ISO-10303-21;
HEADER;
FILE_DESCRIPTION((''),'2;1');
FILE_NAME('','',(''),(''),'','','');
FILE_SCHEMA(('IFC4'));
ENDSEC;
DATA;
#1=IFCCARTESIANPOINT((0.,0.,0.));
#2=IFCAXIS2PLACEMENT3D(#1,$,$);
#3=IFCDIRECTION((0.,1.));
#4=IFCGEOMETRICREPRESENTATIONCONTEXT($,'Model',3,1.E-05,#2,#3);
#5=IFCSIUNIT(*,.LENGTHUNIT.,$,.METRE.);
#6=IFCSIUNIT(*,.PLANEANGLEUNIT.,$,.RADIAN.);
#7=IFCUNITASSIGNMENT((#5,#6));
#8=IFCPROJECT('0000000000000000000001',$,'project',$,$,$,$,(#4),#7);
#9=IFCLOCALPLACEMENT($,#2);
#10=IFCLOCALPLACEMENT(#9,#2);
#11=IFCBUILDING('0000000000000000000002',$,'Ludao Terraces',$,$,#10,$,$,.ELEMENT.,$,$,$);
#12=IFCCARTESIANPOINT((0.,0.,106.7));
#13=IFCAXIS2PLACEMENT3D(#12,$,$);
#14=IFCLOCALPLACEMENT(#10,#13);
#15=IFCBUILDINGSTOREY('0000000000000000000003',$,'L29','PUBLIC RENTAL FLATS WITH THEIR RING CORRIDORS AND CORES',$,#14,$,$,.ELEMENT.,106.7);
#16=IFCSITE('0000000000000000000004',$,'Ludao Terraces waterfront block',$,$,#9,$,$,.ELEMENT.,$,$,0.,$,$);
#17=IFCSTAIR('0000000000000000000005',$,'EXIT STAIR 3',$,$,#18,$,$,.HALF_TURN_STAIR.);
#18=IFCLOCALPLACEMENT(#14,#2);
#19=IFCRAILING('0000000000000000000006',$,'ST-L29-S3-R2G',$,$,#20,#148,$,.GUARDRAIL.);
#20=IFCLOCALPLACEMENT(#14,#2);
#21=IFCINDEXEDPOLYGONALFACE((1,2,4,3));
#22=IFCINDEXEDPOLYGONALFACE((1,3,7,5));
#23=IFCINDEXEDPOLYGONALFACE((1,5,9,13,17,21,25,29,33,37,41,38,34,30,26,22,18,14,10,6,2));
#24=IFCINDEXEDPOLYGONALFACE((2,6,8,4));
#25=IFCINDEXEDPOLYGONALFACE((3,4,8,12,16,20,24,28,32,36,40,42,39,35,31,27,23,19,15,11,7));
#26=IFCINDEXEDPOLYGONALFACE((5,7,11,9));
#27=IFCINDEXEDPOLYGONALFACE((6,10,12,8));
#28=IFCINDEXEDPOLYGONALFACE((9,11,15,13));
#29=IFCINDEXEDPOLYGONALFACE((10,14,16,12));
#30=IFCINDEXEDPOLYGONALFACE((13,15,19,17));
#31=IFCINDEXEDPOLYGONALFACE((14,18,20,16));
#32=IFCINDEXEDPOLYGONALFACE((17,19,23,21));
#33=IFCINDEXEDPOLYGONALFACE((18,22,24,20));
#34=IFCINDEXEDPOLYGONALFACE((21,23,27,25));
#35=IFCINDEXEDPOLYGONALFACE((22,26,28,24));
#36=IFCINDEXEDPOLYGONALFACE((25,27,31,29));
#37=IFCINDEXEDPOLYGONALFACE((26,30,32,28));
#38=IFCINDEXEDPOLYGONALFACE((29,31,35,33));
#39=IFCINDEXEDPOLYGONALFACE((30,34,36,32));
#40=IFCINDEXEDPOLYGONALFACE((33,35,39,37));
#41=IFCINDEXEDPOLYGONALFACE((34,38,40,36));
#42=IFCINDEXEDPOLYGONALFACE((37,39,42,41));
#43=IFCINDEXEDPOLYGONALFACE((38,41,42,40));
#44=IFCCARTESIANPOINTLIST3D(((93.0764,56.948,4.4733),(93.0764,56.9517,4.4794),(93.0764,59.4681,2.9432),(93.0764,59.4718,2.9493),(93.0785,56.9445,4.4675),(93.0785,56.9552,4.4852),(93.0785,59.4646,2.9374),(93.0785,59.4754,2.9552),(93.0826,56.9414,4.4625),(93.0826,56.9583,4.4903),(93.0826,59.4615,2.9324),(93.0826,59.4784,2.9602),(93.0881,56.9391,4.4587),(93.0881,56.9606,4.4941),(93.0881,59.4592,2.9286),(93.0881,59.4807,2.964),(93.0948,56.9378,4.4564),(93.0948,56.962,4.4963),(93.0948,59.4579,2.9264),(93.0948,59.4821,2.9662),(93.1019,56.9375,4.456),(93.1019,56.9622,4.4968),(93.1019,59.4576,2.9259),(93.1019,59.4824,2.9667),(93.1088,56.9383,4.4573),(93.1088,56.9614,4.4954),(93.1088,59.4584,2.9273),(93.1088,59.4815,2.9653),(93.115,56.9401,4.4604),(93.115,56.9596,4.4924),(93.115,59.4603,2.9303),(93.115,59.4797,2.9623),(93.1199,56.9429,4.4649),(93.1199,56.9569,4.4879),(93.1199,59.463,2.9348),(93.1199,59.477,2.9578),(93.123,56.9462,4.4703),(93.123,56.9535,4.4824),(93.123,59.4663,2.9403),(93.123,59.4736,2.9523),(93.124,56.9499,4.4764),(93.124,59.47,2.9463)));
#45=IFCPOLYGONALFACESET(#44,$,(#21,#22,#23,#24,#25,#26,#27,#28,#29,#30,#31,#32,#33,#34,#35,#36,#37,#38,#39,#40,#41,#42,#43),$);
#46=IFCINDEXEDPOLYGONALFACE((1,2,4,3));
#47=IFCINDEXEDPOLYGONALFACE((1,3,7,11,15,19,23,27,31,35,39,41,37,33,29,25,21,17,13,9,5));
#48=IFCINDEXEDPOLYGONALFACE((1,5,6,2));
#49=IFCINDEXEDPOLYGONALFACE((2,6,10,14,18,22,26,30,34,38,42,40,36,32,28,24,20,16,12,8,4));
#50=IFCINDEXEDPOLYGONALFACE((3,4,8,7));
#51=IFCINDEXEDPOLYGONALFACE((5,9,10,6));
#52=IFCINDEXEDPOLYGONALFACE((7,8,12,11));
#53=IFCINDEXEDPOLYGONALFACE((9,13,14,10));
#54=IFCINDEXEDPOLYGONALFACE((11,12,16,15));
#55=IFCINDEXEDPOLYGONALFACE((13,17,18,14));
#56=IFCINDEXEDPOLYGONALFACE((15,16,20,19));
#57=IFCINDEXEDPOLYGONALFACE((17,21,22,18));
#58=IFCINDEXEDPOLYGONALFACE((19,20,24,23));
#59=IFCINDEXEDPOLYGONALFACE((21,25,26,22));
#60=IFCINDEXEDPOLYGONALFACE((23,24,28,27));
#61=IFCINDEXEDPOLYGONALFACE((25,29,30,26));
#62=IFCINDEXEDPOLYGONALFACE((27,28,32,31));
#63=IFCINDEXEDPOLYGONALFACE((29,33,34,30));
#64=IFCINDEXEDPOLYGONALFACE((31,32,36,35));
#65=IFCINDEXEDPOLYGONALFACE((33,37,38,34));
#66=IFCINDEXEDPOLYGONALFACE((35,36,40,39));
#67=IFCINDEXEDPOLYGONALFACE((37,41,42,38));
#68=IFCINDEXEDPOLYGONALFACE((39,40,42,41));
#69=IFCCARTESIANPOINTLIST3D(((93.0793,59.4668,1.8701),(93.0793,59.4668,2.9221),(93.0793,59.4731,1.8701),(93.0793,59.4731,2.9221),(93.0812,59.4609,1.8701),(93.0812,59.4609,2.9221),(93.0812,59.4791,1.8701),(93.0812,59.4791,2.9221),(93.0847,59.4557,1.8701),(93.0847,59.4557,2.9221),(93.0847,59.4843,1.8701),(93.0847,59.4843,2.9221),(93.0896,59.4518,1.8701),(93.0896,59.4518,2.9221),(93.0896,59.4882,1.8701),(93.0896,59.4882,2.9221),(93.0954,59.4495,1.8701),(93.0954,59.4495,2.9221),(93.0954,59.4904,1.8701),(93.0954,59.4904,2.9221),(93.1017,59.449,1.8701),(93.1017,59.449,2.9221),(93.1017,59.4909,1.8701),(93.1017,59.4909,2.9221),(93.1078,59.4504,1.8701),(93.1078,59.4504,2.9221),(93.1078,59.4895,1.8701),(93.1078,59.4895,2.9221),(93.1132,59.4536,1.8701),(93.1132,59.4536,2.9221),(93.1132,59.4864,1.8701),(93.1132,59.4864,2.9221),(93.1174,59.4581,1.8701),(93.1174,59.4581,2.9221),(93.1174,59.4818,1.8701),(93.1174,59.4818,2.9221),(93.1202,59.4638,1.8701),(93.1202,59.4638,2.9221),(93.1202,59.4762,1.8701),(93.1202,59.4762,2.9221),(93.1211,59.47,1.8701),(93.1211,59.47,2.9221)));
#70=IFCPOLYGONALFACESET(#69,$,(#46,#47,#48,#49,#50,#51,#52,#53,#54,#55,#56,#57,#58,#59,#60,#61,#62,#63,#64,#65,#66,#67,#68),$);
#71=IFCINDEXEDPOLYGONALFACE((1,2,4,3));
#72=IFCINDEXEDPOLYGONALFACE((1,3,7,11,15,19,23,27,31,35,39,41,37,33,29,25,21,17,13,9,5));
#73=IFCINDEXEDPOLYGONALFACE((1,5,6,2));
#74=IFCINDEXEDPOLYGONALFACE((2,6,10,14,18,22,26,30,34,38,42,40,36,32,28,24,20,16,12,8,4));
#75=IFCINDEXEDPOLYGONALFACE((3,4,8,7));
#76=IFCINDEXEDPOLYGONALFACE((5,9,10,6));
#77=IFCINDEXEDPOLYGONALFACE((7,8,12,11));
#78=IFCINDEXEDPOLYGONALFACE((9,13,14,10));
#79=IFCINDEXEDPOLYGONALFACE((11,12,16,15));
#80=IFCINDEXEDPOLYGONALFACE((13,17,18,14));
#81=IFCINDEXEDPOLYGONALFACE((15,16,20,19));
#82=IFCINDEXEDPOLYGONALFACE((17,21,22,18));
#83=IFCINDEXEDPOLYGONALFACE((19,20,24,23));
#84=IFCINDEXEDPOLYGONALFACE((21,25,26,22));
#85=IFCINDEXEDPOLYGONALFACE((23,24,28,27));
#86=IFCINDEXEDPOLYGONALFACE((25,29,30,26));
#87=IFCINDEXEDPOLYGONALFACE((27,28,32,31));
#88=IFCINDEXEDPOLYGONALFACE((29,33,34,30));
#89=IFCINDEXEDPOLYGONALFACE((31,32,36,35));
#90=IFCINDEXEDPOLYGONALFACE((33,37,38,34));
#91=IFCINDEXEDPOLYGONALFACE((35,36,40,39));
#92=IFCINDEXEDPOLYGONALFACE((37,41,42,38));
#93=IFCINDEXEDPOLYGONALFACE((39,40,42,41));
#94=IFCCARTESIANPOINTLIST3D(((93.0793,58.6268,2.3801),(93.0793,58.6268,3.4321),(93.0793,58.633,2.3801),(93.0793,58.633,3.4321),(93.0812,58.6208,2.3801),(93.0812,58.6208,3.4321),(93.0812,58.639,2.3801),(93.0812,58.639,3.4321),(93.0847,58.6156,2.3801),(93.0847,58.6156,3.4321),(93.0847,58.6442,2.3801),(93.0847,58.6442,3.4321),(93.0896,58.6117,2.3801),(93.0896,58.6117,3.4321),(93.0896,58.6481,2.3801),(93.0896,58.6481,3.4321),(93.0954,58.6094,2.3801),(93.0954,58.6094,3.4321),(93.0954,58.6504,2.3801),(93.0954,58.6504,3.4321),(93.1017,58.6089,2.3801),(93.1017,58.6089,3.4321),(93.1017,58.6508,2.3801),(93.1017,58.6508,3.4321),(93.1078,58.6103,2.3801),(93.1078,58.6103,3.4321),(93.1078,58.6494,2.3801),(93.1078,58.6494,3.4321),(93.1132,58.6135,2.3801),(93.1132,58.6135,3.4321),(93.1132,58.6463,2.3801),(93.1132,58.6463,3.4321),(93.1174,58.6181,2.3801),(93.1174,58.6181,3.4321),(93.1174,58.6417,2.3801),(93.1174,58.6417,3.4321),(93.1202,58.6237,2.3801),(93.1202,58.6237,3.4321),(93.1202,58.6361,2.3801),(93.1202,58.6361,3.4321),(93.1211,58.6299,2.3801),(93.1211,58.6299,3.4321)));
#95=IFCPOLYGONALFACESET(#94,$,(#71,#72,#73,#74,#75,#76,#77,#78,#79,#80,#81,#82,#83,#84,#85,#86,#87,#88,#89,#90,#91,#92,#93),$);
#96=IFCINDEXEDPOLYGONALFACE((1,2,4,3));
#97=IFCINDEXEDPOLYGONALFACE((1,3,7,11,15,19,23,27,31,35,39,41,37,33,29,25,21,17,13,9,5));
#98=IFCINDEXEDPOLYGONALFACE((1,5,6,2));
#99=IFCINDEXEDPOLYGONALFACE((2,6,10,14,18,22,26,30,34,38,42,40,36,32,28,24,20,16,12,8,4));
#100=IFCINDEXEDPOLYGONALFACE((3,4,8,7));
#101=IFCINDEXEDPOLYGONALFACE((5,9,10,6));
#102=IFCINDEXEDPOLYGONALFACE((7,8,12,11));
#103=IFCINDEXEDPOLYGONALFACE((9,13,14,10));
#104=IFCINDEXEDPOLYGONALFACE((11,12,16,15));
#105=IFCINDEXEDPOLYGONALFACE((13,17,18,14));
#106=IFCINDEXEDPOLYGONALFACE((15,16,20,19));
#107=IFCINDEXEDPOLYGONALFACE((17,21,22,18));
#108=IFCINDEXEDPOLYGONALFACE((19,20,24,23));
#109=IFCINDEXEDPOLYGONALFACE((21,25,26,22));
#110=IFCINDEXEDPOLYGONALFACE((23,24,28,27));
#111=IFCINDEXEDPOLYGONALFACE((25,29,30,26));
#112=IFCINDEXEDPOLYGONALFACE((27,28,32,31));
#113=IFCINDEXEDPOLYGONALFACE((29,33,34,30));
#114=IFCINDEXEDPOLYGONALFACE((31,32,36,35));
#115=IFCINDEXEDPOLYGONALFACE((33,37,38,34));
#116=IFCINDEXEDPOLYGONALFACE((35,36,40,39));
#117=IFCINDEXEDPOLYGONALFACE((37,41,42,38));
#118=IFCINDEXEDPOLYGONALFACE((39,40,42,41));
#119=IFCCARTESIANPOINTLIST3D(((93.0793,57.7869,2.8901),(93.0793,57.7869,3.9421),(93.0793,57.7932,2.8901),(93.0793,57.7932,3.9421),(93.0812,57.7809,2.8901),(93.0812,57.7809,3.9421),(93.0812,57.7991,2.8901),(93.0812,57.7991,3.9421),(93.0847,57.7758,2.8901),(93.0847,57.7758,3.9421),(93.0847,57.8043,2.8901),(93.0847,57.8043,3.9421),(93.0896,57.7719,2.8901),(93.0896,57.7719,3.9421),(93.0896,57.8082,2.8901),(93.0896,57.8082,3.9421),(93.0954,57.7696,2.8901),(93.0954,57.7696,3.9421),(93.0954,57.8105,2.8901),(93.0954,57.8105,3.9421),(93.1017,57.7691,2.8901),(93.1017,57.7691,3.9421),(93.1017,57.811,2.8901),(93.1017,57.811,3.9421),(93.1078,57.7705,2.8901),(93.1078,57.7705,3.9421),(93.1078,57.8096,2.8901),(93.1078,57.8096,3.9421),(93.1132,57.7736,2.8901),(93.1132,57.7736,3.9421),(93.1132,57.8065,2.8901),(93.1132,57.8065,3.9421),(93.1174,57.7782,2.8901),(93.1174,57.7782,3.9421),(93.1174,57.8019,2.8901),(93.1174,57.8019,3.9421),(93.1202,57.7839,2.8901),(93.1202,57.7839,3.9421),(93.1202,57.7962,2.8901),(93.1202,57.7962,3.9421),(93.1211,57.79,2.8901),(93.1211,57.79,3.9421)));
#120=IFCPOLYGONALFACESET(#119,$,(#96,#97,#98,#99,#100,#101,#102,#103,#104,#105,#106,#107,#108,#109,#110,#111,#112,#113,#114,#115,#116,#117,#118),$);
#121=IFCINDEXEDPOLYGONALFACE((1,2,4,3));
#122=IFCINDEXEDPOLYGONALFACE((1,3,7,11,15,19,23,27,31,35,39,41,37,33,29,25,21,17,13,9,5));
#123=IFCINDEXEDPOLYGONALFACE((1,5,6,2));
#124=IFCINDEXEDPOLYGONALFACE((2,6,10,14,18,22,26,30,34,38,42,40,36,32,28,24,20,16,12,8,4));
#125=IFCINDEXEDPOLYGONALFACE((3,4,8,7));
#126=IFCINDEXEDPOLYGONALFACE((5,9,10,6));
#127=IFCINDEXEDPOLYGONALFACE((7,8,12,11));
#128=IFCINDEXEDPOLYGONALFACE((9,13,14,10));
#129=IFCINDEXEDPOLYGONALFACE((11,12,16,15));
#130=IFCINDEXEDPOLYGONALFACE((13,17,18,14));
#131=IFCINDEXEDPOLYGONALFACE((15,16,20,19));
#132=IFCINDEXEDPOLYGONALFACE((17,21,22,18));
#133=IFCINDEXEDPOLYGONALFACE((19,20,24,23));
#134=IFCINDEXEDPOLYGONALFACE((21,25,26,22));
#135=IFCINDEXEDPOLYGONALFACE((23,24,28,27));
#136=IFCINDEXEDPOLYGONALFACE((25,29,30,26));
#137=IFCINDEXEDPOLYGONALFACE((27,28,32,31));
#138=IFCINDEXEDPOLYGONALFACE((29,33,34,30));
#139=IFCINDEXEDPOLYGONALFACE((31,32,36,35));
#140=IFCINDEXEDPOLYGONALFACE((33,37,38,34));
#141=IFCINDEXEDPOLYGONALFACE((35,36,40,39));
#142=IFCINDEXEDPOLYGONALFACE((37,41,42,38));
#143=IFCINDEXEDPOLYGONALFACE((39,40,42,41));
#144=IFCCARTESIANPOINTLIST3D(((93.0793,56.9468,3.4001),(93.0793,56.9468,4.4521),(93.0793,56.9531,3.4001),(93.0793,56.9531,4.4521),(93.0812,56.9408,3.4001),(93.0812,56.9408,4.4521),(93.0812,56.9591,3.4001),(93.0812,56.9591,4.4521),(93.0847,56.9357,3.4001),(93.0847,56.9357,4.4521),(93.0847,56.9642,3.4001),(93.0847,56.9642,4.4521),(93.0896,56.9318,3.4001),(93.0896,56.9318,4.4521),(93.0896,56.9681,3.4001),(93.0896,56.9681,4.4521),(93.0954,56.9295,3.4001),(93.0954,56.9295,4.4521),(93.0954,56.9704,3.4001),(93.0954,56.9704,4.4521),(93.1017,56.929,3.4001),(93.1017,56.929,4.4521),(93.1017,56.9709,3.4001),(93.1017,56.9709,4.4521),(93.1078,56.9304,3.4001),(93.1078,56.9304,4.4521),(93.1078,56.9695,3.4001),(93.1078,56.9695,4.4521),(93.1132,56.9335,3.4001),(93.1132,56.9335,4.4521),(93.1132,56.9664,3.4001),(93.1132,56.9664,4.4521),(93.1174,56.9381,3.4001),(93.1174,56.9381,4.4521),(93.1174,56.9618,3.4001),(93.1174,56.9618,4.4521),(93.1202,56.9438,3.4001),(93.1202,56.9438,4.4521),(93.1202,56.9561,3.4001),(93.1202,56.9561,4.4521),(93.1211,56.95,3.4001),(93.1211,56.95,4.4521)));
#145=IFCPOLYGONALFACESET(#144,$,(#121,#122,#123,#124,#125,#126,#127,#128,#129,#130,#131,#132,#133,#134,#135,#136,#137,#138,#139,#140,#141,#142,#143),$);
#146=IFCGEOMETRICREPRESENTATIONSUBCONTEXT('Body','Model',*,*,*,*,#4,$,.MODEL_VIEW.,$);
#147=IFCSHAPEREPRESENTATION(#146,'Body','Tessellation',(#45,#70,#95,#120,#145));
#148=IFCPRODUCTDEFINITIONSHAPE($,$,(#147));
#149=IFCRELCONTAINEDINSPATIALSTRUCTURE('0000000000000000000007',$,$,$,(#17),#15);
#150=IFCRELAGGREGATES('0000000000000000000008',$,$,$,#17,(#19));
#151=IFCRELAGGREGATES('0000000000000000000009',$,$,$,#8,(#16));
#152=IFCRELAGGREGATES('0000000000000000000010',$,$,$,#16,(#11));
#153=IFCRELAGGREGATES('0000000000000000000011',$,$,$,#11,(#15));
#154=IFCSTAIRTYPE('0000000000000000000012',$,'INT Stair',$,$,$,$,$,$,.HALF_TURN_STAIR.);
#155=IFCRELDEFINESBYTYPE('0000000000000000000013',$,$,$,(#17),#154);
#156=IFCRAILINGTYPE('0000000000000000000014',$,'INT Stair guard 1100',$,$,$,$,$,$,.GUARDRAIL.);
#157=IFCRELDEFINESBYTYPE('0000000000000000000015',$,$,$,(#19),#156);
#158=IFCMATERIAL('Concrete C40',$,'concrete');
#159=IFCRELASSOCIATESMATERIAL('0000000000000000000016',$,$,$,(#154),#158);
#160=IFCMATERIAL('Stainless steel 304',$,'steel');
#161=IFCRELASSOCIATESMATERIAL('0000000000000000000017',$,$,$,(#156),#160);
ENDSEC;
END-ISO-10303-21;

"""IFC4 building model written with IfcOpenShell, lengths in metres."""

from ifc_helpers import new_model, si_unit, direction, frame, origin, origin_2d, place, context, subcontext, project, spatial, circle, extrude, material, type_object, element, aggregate, save


model = new_model("IFC4")

# Units and contexts
model_context = context("Model", 3, precision=1e-05, world=origin(), true_north=direction((0.0, 1.0)))
body_context = subcontext(model_context, "Body", "Model", "MODEL_VIEW")
ifc_project = project(units=[si_unit("LENGTHUNIT", "METRE"), si_unit("PLANEANGLEUNIT", "RADIAN")], contexts=[model_context])

# Site, building, storey
site_placement = place(None, origin())
site = spatial("IfcSite", under=ifc_project, at=site_placement, Name="Ludao Terraces waterfront block", CompositionType="ELEMENT", RefElevation=0.0)
building_placement = place(site_placement, origin())
building = spatial("IfcBuilding", under=site, at=building_placement, Name="Ludao Terraces", CompositionType="ELEMENT")
storey_placement = place(building_placement, frame((0.0, 0.0, 106.7)))
storey = spatial("IfcBuildingStorey", under=building, at=storey_placement, Name="L29", Description="PUBLIC RENTAL FLATS WITH THEIR RING CORRIDORS AND CORES", CompositionType="ELEMENT", Elevation=106.7)

# Shared definitions
ifc_material_1 = material(Name="Concrete C40", Category="concrete")

# Stair, railing
stair_type = type_object("IfcStairType", Name="INT Stair", PredefinedType="HALF_TURN_STAIR", material=ifc_material_1)
stair_placement = place(storey_placement, origin())
stair = element("IfcStair", 1, at=stair_placement, inside=storey, type_object=stair_type, Name="EXIT STAIR 3", PredefinedType="HALF_TURN_STAIR")
ifc_material_2 = material(Name="Stainless steel 304", Category="steel")
railing_type_1 = type_object("IfcRailingType", Name="INT Stair guard 1100", PredefinedType="GUARDRAIL", material=ifc_material_2)
railing_1_placement = place(storey_placement, frame((93.1001, 59.47, 1.8701)))
railing_1 = element("IfcRailing", 2, at=railing_1_placement, type_object=railing_type_1, Name="ST-L29-S3-R2G", PredefinedType="GUARDRAIL", context=body_context, shape_type="SweptSolid", body=[
    extrude(circle(Radius=0.0239, at=origin_2d()), frame((0.0, 0.0, 1.0762), z_axis=(0.0, -0.854785, 0.518982), x_axis=(1.0, 0.0, 0.0)), (0.0, 0.0, 1.0), 2.9482),
    extrude(circle(Radius=0.021, at=origin_2d()), origin(), (0.0, 0.0, 1.0), 1.052),
    extrude(circle(Radius=0.021, at=origin_2d()), frame((0.0, -0.8401, 0.51)), (0.0, 0.0, 1.0), 1.052),
    extrude(circle(Radius=0.021, at=origin_2d()), frame((0.0, -1.6799, 1.02)), (0.0, 0.0, 1.0), 1.052),
    extrude(circle(Radius=0.021, at=origin_2d()), frame((0.0, -2.52, 1.53)), (0.0, 0.0, 1.0), 1.052),
])
aggregate(stair, [railing_1])

save(model, "model.ifc")
